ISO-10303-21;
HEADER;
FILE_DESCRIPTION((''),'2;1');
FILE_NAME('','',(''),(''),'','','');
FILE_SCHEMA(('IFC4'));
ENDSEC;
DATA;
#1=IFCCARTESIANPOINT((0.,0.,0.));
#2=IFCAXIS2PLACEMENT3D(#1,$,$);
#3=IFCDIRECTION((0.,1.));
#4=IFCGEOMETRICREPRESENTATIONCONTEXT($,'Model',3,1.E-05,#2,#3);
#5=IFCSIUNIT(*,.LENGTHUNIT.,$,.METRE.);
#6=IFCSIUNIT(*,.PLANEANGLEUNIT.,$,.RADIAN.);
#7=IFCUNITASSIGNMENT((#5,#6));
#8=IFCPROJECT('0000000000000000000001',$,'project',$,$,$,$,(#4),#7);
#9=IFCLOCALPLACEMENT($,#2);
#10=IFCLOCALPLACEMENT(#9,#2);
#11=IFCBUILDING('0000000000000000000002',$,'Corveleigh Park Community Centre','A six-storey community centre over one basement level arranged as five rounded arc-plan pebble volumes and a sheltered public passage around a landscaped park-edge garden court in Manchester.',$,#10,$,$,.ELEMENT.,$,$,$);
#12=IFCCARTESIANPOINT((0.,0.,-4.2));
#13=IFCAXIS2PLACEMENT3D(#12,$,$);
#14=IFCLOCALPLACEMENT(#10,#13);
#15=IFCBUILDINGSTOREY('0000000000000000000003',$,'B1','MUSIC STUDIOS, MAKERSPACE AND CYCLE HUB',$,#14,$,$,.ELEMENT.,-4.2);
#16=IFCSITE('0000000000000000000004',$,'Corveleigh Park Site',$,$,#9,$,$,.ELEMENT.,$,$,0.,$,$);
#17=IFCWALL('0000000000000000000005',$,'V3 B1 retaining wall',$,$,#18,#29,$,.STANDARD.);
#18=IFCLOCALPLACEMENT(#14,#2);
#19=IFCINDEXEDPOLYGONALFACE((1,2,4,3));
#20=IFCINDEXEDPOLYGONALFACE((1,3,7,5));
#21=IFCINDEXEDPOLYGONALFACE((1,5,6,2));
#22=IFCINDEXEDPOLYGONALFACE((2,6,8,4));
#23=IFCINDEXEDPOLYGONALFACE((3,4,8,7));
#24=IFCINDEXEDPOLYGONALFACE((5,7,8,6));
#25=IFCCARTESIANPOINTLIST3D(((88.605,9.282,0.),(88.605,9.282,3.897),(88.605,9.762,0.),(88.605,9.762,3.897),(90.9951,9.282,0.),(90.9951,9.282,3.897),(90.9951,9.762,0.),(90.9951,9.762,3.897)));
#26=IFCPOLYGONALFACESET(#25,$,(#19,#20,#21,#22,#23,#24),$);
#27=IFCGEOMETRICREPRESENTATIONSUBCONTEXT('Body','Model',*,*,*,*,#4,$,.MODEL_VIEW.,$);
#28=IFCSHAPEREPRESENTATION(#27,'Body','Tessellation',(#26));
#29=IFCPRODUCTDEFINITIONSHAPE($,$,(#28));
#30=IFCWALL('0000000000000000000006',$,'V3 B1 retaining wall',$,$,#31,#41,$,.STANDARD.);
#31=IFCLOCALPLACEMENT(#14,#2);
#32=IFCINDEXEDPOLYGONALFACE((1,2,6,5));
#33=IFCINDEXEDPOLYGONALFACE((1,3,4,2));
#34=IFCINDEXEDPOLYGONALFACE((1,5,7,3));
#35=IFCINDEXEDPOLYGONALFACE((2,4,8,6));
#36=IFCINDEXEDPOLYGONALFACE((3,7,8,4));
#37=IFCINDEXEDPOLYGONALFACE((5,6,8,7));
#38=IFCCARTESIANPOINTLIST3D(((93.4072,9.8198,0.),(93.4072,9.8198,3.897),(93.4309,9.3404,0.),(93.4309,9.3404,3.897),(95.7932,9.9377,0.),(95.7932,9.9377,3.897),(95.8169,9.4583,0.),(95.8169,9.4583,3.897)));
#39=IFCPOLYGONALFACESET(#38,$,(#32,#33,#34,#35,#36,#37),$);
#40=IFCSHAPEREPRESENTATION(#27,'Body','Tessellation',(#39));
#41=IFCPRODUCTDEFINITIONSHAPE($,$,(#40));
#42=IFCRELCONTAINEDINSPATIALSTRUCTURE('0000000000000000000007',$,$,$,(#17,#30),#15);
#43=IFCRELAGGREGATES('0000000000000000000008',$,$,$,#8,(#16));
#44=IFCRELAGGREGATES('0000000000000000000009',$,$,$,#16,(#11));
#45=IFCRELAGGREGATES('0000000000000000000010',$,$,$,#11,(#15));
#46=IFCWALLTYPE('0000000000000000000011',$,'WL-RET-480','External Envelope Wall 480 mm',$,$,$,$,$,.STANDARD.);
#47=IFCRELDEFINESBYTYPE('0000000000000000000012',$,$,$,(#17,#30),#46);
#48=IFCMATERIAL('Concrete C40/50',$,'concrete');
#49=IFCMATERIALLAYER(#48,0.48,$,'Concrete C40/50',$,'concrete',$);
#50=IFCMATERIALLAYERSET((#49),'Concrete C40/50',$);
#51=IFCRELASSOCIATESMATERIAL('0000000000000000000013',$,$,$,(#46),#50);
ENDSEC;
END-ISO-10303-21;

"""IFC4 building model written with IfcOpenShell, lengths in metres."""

from ifc_helpers import new_model, si_unit, direction, frame, frame_2d, origin, place, context, subcontext, project, spatial, rectangle, extrude, material, layer, layer_set, type_object, element, save


model = new_model("IFC4")

# Units and contexts
model_context = context("Model", 3, precision=1e-05, world=origin(), true_north=direction((0.0, 1.0)))
body_context = subcontext(model_context, "Body", "Model", "MODEL_VIEW")
ifc_project = project(units=[si_unit("LENGTHUNIT", "METRE"), si_unit("PLANEANGLEUNIT", "RADIAN")], contexts=[model_context])

# Site, building, storey
site_placement = place(None, origin())
site = spatial("IfcSite", under=ifc_project, at=site_placement, Name="Corveleigh Park Site", CompositionType="ELEMENT", RefElevation=0.0)
building_placement = place(site_placement, origin())
building = spatial("IfcBuilding", under=site, at=building_placement, Name="Corveleigh Park Community Centre", Description="A six-storey community centre over one basement level arranged as five rounded arc-plan pebble volumes and a sheltered public passage around a landscaped park-edge garden court in Manchester.", CompositionType="ELEMENT")
storey_placement = place(building_placement, frame((0.0, 0.0, -4.2)))
storey = spatial("IfcBuildingStorey", under=building, at=storey_placement, Name="B1", Description="MUSIC STUDIOS, MAKERSPACE AND CYCLE HUB", CompositionType="ELEMENT", Elevation=-4.2)

# Shared definitions
ifc_material_1 = material(Name="Concrete C40/50", Category="concrete")

# Walls
ifc_layer_1 = layer(ifc_material_1, 0.48, Name="Concrete C40/50", Category="concrete")
ifc_layer_set_1 = layer_set([ifc_layer_1], Name="Concrete C40/50")
wall_type_1 = type_object("IfcWallType", Name="WL-RET-480", Description="External Envelope Wall 480 mm", PredefinedType="STANDARD", material=ifc_layer_set_1)
wall_1_placement = place(storey_placement, frame((90.9951, 9.522, 0.0), z_axis=(0.0, 0.0, 1.0), x_axis=(-1.0, 0.0, 0.0)))
element("IfcWall", 1, at=wall_1_placement, inside=storey, type_object=wall_type_1, Name="V3 B1 retaining wall", PredefinedType="STANDARD", context=body_context, shape_type="SweptSolid", body=[
    extrude(rectangle(XDim=2.3901, YDim=0.48, at=frame_2d((1.1951, 0.0))), origin(), (0.0, 0.0, 1.0), 3.897),
])
wall_2_placement = place(storey_placement, frame((95.8049, 9.698, 0.0), z_axis=(0.0, 0.0, 1.0), x_axis=(-0.998781, -0.049362, 0.0)))
element("IfcWall", 2, at=wall_2_placement, inside=storey, type_object=wall_type_1, Name="V3 B1 retaining wall", PredefinedType="STANDARD", context=body_context, shape_type="SweptSolid", body=[
    extrude(rectangle(XDim=2.3889, YDim=0.48, at=frame_2d((1.1943, 0.0))), origin(), (0.0, 0.0, 1.0), 3.897),
])

save(model, "model.ifc")
